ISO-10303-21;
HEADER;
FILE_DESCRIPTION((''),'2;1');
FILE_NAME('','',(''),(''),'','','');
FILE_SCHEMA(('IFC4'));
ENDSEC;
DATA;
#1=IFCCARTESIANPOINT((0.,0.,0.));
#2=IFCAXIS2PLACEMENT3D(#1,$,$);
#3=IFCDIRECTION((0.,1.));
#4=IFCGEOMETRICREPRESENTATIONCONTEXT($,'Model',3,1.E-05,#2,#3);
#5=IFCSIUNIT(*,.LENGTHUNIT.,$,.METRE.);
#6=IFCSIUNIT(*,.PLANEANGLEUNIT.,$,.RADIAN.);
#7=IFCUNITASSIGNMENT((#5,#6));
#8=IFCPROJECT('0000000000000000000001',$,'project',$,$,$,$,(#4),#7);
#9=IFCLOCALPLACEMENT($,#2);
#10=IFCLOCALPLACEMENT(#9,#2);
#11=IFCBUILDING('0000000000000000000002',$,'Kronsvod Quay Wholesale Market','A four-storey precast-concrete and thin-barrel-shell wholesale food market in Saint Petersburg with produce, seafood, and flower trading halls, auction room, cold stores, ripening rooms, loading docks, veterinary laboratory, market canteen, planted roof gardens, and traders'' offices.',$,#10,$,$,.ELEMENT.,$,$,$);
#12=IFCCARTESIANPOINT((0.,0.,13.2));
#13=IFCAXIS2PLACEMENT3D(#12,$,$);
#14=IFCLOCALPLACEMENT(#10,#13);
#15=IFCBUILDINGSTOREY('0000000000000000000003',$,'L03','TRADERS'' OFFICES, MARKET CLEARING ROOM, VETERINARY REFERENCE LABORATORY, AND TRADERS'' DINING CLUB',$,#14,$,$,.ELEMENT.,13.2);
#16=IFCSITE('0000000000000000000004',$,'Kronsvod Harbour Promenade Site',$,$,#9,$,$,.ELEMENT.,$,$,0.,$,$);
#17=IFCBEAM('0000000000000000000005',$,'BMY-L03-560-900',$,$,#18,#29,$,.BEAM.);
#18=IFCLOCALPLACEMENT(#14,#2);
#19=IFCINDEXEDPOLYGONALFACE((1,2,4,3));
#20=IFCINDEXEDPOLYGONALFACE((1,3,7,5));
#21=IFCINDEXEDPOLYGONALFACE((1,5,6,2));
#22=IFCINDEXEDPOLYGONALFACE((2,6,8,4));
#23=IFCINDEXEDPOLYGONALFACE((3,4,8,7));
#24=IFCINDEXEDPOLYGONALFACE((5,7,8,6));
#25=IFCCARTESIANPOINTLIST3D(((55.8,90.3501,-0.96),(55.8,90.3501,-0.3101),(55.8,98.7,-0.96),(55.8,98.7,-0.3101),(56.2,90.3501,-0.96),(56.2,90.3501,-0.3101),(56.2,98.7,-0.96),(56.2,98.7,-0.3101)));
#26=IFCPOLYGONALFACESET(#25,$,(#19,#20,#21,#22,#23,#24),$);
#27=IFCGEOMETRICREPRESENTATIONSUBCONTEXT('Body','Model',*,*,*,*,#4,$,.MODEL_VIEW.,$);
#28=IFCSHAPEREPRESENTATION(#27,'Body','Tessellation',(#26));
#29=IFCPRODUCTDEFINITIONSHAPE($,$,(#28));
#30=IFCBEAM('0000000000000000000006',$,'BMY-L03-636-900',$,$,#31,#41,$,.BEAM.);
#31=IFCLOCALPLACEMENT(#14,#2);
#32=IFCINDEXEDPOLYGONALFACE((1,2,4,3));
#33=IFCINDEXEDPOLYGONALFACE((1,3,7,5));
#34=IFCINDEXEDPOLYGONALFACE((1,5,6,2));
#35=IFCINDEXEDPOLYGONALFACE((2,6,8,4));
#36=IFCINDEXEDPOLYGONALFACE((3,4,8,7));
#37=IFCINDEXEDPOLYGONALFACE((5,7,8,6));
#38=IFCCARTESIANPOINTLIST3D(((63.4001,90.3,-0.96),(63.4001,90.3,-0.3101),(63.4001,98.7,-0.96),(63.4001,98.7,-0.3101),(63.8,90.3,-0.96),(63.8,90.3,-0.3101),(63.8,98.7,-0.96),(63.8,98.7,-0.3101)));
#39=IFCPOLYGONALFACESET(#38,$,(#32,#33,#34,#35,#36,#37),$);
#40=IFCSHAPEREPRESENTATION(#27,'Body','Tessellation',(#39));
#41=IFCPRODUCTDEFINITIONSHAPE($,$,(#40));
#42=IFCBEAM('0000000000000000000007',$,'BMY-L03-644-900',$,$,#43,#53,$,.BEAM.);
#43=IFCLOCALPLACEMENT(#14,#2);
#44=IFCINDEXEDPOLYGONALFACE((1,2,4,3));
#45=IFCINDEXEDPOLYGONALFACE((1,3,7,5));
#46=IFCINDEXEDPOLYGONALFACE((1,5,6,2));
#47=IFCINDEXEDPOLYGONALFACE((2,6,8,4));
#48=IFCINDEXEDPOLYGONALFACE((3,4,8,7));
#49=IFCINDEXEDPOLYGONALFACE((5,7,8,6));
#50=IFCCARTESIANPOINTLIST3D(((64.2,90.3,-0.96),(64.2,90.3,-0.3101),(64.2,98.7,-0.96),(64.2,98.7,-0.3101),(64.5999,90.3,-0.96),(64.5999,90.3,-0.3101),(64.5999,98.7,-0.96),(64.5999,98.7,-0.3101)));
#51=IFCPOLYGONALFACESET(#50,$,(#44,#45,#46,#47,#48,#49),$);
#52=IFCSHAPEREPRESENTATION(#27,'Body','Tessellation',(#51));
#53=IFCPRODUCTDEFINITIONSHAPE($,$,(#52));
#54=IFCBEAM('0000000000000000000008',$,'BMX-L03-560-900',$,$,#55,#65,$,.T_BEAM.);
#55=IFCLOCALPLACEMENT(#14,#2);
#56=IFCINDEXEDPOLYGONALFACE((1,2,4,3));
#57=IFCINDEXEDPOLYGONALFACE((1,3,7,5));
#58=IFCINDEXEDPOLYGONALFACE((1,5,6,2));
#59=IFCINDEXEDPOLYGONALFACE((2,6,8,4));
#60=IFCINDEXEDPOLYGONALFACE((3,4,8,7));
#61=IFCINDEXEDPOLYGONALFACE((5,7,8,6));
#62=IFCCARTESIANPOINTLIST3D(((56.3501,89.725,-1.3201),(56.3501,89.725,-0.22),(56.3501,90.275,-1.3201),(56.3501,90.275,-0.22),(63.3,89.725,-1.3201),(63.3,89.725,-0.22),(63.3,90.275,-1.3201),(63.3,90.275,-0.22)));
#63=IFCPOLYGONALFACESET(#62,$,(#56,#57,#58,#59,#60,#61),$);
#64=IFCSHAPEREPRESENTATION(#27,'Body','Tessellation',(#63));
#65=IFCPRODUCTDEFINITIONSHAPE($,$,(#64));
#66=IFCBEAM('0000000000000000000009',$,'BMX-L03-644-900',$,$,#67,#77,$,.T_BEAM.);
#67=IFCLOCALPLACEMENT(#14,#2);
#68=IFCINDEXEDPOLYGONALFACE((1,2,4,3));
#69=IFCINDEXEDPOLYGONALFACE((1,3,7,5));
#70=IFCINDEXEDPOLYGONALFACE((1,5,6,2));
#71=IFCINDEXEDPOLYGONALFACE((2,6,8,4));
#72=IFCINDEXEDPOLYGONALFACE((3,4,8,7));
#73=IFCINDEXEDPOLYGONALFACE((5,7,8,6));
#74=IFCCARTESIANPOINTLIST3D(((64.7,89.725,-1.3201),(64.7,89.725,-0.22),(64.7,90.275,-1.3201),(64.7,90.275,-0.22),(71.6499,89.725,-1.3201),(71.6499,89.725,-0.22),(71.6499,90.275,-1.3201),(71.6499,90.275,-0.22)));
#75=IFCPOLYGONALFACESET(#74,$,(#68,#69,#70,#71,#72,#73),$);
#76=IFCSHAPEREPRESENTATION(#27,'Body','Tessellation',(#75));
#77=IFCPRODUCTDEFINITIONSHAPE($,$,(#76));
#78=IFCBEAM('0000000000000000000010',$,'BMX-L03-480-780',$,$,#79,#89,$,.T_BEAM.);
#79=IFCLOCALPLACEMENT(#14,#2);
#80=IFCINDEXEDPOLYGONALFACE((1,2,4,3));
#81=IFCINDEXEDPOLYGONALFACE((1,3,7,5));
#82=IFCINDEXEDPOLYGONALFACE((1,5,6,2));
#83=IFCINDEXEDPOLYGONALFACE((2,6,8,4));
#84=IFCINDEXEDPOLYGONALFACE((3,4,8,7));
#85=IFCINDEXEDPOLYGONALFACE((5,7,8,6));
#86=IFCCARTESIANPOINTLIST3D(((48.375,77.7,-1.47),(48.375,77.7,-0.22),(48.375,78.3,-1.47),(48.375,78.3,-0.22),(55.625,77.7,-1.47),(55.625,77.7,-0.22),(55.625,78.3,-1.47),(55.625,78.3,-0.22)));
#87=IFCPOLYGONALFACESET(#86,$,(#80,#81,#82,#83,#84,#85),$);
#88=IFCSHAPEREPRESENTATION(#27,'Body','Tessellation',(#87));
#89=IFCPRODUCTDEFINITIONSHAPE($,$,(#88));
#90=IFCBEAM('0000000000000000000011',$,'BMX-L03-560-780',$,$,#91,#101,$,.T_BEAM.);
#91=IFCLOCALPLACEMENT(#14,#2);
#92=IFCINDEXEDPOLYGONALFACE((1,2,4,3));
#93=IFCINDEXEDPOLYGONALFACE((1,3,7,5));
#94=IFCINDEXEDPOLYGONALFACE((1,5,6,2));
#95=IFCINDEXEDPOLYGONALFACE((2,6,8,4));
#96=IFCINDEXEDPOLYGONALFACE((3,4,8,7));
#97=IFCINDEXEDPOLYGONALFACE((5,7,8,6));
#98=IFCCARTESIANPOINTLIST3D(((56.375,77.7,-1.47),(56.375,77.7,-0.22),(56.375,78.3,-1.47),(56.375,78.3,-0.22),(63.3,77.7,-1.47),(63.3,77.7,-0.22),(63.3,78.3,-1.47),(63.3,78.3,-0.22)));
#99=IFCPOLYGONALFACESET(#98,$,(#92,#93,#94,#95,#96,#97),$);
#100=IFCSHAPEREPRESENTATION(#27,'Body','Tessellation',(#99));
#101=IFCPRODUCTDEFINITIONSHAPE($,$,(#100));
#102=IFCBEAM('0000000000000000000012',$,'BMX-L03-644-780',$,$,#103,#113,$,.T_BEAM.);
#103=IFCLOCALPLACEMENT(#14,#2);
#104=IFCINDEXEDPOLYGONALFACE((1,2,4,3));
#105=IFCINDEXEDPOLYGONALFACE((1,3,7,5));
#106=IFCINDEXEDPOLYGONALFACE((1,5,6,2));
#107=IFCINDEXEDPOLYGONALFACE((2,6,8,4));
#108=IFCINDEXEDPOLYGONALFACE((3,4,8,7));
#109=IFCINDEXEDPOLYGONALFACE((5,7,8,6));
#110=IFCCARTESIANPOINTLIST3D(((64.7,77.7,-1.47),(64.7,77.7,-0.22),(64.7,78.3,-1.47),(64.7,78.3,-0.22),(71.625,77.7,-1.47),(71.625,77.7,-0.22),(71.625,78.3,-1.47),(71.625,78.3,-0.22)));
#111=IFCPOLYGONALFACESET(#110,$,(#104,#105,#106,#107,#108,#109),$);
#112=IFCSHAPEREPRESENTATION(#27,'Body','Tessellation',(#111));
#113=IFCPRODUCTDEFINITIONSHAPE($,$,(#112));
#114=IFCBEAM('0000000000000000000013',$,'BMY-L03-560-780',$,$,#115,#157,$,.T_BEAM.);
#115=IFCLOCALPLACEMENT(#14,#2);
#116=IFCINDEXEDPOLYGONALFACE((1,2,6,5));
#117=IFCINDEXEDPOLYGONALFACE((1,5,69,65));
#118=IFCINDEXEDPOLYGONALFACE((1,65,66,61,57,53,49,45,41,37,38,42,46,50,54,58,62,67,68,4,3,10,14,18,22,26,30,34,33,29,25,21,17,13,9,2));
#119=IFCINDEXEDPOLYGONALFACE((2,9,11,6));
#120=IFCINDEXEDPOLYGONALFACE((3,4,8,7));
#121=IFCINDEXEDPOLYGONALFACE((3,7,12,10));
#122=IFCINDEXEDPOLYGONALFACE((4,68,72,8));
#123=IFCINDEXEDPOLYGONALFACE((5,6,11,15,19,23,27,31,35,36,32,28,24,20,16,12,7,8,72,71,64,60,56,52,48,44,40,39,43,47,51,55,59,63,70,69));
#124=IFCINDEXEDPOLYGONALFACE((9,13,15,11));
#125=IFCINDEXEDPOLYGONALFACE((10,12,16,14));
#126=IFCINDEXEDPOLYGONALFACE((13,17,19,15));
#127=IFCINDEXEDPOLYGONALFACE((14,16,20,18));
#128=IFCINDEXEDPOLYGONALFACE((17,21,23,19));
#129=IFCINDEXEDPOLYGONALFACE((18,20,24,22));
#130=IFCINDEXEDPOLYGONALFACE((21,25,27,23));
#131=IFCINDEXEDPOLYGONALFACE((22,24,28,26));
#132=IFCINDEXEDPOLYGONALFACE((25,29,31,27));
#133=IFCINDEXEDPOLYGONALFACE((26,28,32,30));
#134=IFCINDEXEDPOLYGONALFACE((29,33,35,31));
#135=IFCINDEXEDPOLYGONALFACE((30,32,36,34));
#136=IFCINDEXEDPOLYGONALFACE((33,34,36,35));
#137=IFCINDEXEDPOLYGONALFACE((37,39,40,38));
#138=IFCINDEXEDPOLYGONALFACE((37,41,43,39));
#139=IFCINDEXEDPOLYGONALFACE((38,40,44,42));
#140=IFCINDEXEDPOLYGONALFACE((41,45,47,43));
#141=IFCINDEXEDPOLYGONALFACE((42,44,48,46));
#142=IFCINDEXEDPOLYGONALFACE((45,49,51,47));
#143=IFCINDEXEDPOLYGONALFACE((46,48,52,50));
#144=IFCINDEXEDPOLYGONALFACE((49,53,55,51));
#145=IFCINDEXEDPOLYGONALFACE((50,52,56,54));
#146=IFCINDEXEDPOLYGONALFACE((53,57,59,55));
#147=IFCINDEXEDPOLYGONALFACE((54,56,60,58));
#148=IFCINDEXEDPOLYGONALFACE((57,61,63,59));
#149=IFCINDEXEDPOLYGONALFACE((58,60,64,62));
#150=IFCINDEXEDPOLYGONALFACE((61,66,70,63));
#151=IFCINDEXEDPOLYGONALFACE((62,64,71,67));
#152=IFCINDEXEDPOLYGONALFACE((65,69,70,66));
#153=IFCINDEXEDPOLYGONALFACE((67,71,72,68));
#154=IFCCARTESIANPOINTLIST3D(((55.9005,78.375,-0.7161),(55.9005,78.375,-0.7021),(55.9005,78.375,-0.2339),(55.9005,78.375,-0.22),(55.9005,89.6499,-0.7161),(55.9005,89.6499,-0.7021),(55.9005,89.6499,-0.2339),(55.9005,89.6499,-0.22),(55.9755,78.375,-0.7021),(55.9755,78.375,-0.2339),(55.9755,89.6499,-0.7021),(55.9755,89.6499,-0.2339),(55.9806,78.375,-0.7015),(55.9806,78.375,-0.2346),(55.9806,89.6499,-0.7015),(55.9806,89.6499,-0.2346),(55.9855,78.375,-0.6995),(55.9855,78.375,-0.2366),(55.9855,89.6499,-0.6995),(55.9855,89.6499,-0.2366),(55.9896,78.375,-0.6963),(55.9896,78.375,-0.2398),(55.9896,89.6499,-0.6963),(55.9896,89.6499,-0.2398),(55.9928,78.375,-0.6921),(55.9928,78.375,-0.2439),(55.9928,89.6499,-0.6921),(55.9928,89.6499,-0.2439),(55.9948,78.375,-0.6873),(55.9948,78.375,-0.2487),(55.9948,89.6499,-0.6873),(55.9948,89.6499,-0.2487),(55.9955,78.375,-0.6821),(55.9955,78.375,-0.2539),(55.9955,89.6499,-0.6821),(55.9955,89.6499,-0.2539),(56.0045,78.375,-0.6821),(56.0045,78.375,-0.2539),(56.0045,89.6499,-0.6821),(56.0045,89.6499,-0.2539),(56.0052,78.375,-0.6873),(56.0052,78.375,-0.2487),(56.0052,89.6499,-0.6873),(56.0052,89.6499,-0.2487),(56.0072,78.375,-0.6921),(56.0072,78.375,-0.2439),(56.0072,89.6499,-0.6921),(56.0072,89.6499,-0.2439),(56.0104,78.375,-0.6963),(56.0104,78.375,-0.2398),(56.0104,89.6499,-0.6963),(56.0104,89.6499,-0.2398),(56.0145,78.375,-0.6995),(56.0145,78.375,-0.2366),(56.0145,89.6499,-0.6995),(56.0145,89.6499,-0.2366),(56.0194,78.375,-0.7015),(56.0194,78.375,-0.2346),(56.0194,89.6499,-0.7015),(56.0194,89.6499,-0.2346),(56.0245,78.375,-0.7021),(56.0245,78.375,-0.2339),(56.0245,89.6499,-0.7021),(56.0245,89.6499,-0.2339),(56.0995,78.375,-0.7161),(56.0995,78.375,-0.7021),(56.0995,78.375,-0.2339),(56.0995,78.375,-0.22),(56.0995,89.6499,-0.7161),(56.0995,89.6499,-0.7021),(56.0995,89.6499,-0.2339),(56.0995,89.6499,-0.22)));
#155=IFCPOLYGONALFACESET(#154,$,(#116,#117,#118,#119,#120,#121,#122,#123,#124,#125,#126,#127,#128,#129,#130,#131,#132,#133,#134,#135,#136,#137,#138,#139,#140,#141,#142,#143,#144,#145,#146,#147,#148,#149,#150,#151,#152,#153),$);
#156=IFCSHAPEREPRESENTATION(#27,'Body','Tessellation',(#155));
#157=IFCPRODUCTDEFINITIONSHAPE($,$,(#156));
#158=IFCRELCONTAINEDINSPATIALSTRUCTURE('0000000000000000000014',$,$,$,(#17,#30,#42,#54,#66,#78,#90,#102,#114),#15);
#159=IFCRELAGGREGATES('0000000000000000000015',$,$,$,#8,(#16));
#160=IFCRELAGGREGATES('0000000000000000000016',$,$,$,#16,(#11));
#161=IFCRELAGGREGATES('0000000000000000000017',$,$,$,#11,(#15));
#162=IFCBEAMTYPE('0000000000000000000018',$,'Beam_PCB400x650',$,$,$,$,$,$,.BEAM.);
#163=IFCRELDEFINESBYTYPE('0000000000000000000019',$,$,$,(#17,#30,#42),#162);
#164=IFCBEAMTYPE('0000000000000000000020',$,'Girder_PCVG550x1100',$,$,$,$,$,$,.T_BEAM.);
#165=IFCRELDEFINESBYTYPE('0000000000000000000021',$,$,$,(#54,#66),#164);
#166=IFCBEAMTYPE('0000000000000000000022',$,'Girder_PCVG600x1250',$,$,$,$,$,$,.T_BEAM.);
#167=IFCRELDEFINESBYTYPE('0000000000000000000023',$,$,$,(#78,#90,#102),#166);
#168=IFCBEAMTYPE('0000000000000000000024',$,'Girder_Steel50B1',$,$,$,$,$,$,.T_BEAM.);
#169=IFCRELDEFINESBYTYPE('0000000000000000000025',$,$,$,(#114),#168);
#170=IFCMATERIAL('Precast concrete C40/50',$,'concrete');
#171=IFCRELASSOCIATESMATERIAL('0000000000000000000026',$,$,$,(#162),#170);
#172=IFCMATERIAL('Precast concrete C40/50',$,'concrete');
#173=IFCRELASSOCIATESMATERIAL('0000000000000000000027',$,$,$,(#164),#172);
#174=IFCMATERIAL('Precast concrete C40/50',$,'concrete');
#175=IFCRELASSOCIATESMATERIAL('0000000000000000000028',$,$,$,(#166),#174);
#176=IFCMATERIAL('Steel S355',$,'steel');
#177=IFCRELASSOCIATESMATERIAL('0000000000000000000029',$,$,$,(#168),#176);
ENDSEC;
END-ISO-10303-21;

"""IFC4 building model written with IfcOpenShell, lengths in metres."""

from ifc_helpers import new_model, si_unit, direction, frame, origin, origin_2d, place, context, subcontext, project, spatial, rectangle, i_section, extrude, material, material_profile, profile_set, type_object, element, save


model = new_model("IFC4")

# Units and contexts
model_context = context("Model", 3, precision=1e-05, world=origin(), true_north=direction((0.0, 1.0)))
body_context = subcontext(model_context, "Body", "Model", "MODEL_VIEW")
ifc_project = project(units=[si_unit("LENGTHUNIT", "METRE"), si_unit("PLANEANGLEUNIT", "RADIAN")], contexts=[model_context])

# Site, building, storey
site_placement = place(None, origin())
site = spatial("IfcSite", under=ifc_project, at=site_placement, Name="Kronsvod Harbour Promenade Site", CompositionType="ELEMENT", RefElevation=0.0)
building_placement = place(site_placement, origin())
building = spatial("IfcBuilding", under=site, at=building_placement, Name="Kronsvod Quay Wholesale Market", Description="A four-storey precast-concrete and thin-barrel-shell wholesale food market in Saint Petersburg with produce, seafood, and flower trading halls, auction room, cold stores, ripening rooms, loading docks, veterinary laboratory, market canteen, planted roof gardens, and traders' offices.", CompositionType="ELEMENT")
storey_placement = place(building_placement, frame((0.0, 0.0, 13.2)))
storey = spatial("IfcBuildingStorey", under=building, at=storey_placement, Name="L03", Description="TRADERS' OFFICES, MARKET CLEARING ROOM, VETERINARY REFERENCE LABORATORY, AND TRADERS' DINING CLUB", CompositionType="ELEMENT", Elevation=13.2)

# Beams
ifc_material_1 = material(Name="Precast concrete C40/50", Category="concrete")
ifc_material_profile_1 = material_profile(ifc_material_1, rectangle(XDim=0.3999, YDim=0.6499, at=origin_2d()), Name="PCB400x650")
ifc_profile_set_1 = profile_set([ifc_material_profile_1], Name="Precast concrete C40/50")
beam_type_1 = type_object("IfcBeamType", Name="Beam_PCB400x650", PredefinedType="BEAM", material=ifc_profile_set_1)
beam_1_placement = place(storey_placement, frame((56.0, 90.3501, -0.635), z_axis=(0.0, 1.0, 0.0), x_axis=(-1.0, 0.0, 0.0)))
element("IfcBeam", 1, at=beam_1_placement, inside=storey, type_object=beam_type_1, Name="BMY-L03-560-900", PredefinedType="BEAM", context=body_context, shape_type="SweptSolid", body=[
    extrude(rectangle(XDim=0.3999, YDim=0.6499, at=origin_2d()), origin(), (0.0, 0.0, 1.0), 8.3499),
])
for number, where, z_axis, x_axis, name in (
    (2, (63.6001, 90.3, -0.635), (0.0, 1.0, 0.0), (-1.0, 0.0, 0.0), "BMY-L03-636-900"),
    (3, (64.3999, 90.3, -0.635), (0.0, 1.0, 0.0), (-1.0, 0.0, 0.0), "BMY-L03-644-900"),
):
    element("IfcBeam", number, at=place(storey_placement, frame(where, z_axis=z_axis, x_axis=x_axis)), inside=storey, type_object=beam_type_1, Name=name, PredefinedType="BEAM", context=body_context, shape_type="SweptSolid", body=[
        extrude(rectangle(XDim=0.3999, YDim=0.6499, at=origin_2d()), origin(), (0.0, 0.0, 1.0), 8.3999),
    ])
ifc_material_2 = material(Name="Precast concrete C40/50", Category="concrete")
ifc_material_profile_2 = material_profile(ifc_material_2, rectangle(XDim=0.55, YDim=1.1001, at=origin_2d()), Name="PCVG550x1100")
ifc_profile_set_2 = profile_set([ifc_material_profile_2], Name="Precast concrete C40/50")
beam_type_2 = type_object("IfcBeamType", Name="Girder_PCVG550x1100", PredefinedType="T_BEAM", material=ifc_profile_set_2)
for number, where, z_axis, x_axis, name in (
    (4, (56.3501, 90.0, -0.77), (1.0, 0.0, 0.0), (0.0, 1.0, 0.0), "BMX-L03-560-900"),
    (5, (64.7, 90.0, -0.77), (1.0, 0.0, 0.0), (0.0, 1.0, 0.0), "BMX-L03-644-900"),
):
    element("IfcBeam", number, at=place(storey_placement, frame(where, z_axis=z_axis, x_axis=x_axis)), inside=storey, type_object=beam_type_2, Name=name, PredefinedType="T_BEAM", context=body_context, shape_type="SweptSolid", body=[
        extrude(rectangle(XDim=0.55, YDim=1.1001, at=origin_2d()), origin(), (0.0, 0.0, 1.0), 6.95),
    ])
ifc_material_3 = material(Name="Precast concrete C40/50", Category="concrete")
ifc_material_profile_3 = material_profile(ifc_material_3, rectangle(XDim=0.6001, YDim=1.25, at=origin_2d()), Name="PCVG600x1250")
ifc_profile_set_3 = profile_set([ifc_material_profile_3], Name="Precast concrete C40/50")
beam_type_3 = type_object("IfcBeamType", Name="Girder_PCVG600x1250", PredefinedType="T_BEAM", material=ifc_profile_set_3)
beam_2_placement = place(storey_placement, frame((48.375, 78.0, -0.845), z_axis=(1.0, 0.0, 0.0), x_axis=(0.0, 1.0, 0.0)))
element("IfcBeam", 6, at=beam_2_placement, inside=storey, type_object=beam_type_3, Name="BMX-L03-480-780", PredefinedType="T_BEAM", context=body_context, shape_type="SweptSolid", body=[
    extrude(rectangle(XDim=0.6001, YDim=1.25, at=origin_2d()), origin(), (0.0, 0.0, 1.0), 7.25),
])
for number, where, z_axis, x_axis, name in (
    (7, (56.375, 78.0, -0.845), (1.0, 0.0, 0.0), (0.0, 1.0, 0.0), "BMX-L03-560-780"),
    (8, (64.7, 78.0, -0.845), (1.0, 0.0, 0.0), (0.0, 1.0, 0.0), "BMX-L03-644-780"),
):
    element("IfcBeam", number, at=place(storey_placement, frame(where, z_axis=z_axis, x_axis=x_axis)), inside=storey, type_object=beam_type_3, Name=name, PredefinedType="T_BEAM", context=body_context, shape_type="SweptSolid", body=[
        extrude(rectangle(XDim=0.6001, YDim=1.25, at=origin_2d()), origin(), (0.0, 0.0, 1.0), 6.925),
    ])
ifc_material_4 = material(Name="Steel S355", Category="steel")
ifc_material_profile_4 = material_profile(ifc_material_4, i_section(OverallWidth=0.199, OverallDepth=0.4961, WebThickness=0.009, FlangeThickness=0.0139, FilletRadius=0.02, at=origin_2d()), Name="50B1")
ifc_profile_set_4 = profile_set([ifc_material_profile_4], Name="Steel S355")
beam_type_4 = type_object("IfcBeamType", Name="Girder_Steel50B1", PredefinedType="T_BEAM", material=ifc_profile_set_4)
beam_3_placement = place(storey_placement, frame((56.0, 78.375, -0.468), z_axis=(0.0, 1.0, 0.0), x_axis=(-1.0, 0.0, 0.0)))
element("IfcBeam", 9, at=beam_3_placement, inside=storey, type_object=beam_type_4, Name="BMY-L03-560-780", PredefinedType="T_BEAM", context=body_context, shape_type="SweptSolid", body=[
    extrude(i_section(OverallWidth=0.199, OverallDepth=0.4961, WebThickness=0.009, FlangeThickness=0.0139, FilletRadius=0.02, at=origin_2d()), origin(), (0.0, 0.0, 1.0), 11.2749),
])

save(model, "model.ifc")
